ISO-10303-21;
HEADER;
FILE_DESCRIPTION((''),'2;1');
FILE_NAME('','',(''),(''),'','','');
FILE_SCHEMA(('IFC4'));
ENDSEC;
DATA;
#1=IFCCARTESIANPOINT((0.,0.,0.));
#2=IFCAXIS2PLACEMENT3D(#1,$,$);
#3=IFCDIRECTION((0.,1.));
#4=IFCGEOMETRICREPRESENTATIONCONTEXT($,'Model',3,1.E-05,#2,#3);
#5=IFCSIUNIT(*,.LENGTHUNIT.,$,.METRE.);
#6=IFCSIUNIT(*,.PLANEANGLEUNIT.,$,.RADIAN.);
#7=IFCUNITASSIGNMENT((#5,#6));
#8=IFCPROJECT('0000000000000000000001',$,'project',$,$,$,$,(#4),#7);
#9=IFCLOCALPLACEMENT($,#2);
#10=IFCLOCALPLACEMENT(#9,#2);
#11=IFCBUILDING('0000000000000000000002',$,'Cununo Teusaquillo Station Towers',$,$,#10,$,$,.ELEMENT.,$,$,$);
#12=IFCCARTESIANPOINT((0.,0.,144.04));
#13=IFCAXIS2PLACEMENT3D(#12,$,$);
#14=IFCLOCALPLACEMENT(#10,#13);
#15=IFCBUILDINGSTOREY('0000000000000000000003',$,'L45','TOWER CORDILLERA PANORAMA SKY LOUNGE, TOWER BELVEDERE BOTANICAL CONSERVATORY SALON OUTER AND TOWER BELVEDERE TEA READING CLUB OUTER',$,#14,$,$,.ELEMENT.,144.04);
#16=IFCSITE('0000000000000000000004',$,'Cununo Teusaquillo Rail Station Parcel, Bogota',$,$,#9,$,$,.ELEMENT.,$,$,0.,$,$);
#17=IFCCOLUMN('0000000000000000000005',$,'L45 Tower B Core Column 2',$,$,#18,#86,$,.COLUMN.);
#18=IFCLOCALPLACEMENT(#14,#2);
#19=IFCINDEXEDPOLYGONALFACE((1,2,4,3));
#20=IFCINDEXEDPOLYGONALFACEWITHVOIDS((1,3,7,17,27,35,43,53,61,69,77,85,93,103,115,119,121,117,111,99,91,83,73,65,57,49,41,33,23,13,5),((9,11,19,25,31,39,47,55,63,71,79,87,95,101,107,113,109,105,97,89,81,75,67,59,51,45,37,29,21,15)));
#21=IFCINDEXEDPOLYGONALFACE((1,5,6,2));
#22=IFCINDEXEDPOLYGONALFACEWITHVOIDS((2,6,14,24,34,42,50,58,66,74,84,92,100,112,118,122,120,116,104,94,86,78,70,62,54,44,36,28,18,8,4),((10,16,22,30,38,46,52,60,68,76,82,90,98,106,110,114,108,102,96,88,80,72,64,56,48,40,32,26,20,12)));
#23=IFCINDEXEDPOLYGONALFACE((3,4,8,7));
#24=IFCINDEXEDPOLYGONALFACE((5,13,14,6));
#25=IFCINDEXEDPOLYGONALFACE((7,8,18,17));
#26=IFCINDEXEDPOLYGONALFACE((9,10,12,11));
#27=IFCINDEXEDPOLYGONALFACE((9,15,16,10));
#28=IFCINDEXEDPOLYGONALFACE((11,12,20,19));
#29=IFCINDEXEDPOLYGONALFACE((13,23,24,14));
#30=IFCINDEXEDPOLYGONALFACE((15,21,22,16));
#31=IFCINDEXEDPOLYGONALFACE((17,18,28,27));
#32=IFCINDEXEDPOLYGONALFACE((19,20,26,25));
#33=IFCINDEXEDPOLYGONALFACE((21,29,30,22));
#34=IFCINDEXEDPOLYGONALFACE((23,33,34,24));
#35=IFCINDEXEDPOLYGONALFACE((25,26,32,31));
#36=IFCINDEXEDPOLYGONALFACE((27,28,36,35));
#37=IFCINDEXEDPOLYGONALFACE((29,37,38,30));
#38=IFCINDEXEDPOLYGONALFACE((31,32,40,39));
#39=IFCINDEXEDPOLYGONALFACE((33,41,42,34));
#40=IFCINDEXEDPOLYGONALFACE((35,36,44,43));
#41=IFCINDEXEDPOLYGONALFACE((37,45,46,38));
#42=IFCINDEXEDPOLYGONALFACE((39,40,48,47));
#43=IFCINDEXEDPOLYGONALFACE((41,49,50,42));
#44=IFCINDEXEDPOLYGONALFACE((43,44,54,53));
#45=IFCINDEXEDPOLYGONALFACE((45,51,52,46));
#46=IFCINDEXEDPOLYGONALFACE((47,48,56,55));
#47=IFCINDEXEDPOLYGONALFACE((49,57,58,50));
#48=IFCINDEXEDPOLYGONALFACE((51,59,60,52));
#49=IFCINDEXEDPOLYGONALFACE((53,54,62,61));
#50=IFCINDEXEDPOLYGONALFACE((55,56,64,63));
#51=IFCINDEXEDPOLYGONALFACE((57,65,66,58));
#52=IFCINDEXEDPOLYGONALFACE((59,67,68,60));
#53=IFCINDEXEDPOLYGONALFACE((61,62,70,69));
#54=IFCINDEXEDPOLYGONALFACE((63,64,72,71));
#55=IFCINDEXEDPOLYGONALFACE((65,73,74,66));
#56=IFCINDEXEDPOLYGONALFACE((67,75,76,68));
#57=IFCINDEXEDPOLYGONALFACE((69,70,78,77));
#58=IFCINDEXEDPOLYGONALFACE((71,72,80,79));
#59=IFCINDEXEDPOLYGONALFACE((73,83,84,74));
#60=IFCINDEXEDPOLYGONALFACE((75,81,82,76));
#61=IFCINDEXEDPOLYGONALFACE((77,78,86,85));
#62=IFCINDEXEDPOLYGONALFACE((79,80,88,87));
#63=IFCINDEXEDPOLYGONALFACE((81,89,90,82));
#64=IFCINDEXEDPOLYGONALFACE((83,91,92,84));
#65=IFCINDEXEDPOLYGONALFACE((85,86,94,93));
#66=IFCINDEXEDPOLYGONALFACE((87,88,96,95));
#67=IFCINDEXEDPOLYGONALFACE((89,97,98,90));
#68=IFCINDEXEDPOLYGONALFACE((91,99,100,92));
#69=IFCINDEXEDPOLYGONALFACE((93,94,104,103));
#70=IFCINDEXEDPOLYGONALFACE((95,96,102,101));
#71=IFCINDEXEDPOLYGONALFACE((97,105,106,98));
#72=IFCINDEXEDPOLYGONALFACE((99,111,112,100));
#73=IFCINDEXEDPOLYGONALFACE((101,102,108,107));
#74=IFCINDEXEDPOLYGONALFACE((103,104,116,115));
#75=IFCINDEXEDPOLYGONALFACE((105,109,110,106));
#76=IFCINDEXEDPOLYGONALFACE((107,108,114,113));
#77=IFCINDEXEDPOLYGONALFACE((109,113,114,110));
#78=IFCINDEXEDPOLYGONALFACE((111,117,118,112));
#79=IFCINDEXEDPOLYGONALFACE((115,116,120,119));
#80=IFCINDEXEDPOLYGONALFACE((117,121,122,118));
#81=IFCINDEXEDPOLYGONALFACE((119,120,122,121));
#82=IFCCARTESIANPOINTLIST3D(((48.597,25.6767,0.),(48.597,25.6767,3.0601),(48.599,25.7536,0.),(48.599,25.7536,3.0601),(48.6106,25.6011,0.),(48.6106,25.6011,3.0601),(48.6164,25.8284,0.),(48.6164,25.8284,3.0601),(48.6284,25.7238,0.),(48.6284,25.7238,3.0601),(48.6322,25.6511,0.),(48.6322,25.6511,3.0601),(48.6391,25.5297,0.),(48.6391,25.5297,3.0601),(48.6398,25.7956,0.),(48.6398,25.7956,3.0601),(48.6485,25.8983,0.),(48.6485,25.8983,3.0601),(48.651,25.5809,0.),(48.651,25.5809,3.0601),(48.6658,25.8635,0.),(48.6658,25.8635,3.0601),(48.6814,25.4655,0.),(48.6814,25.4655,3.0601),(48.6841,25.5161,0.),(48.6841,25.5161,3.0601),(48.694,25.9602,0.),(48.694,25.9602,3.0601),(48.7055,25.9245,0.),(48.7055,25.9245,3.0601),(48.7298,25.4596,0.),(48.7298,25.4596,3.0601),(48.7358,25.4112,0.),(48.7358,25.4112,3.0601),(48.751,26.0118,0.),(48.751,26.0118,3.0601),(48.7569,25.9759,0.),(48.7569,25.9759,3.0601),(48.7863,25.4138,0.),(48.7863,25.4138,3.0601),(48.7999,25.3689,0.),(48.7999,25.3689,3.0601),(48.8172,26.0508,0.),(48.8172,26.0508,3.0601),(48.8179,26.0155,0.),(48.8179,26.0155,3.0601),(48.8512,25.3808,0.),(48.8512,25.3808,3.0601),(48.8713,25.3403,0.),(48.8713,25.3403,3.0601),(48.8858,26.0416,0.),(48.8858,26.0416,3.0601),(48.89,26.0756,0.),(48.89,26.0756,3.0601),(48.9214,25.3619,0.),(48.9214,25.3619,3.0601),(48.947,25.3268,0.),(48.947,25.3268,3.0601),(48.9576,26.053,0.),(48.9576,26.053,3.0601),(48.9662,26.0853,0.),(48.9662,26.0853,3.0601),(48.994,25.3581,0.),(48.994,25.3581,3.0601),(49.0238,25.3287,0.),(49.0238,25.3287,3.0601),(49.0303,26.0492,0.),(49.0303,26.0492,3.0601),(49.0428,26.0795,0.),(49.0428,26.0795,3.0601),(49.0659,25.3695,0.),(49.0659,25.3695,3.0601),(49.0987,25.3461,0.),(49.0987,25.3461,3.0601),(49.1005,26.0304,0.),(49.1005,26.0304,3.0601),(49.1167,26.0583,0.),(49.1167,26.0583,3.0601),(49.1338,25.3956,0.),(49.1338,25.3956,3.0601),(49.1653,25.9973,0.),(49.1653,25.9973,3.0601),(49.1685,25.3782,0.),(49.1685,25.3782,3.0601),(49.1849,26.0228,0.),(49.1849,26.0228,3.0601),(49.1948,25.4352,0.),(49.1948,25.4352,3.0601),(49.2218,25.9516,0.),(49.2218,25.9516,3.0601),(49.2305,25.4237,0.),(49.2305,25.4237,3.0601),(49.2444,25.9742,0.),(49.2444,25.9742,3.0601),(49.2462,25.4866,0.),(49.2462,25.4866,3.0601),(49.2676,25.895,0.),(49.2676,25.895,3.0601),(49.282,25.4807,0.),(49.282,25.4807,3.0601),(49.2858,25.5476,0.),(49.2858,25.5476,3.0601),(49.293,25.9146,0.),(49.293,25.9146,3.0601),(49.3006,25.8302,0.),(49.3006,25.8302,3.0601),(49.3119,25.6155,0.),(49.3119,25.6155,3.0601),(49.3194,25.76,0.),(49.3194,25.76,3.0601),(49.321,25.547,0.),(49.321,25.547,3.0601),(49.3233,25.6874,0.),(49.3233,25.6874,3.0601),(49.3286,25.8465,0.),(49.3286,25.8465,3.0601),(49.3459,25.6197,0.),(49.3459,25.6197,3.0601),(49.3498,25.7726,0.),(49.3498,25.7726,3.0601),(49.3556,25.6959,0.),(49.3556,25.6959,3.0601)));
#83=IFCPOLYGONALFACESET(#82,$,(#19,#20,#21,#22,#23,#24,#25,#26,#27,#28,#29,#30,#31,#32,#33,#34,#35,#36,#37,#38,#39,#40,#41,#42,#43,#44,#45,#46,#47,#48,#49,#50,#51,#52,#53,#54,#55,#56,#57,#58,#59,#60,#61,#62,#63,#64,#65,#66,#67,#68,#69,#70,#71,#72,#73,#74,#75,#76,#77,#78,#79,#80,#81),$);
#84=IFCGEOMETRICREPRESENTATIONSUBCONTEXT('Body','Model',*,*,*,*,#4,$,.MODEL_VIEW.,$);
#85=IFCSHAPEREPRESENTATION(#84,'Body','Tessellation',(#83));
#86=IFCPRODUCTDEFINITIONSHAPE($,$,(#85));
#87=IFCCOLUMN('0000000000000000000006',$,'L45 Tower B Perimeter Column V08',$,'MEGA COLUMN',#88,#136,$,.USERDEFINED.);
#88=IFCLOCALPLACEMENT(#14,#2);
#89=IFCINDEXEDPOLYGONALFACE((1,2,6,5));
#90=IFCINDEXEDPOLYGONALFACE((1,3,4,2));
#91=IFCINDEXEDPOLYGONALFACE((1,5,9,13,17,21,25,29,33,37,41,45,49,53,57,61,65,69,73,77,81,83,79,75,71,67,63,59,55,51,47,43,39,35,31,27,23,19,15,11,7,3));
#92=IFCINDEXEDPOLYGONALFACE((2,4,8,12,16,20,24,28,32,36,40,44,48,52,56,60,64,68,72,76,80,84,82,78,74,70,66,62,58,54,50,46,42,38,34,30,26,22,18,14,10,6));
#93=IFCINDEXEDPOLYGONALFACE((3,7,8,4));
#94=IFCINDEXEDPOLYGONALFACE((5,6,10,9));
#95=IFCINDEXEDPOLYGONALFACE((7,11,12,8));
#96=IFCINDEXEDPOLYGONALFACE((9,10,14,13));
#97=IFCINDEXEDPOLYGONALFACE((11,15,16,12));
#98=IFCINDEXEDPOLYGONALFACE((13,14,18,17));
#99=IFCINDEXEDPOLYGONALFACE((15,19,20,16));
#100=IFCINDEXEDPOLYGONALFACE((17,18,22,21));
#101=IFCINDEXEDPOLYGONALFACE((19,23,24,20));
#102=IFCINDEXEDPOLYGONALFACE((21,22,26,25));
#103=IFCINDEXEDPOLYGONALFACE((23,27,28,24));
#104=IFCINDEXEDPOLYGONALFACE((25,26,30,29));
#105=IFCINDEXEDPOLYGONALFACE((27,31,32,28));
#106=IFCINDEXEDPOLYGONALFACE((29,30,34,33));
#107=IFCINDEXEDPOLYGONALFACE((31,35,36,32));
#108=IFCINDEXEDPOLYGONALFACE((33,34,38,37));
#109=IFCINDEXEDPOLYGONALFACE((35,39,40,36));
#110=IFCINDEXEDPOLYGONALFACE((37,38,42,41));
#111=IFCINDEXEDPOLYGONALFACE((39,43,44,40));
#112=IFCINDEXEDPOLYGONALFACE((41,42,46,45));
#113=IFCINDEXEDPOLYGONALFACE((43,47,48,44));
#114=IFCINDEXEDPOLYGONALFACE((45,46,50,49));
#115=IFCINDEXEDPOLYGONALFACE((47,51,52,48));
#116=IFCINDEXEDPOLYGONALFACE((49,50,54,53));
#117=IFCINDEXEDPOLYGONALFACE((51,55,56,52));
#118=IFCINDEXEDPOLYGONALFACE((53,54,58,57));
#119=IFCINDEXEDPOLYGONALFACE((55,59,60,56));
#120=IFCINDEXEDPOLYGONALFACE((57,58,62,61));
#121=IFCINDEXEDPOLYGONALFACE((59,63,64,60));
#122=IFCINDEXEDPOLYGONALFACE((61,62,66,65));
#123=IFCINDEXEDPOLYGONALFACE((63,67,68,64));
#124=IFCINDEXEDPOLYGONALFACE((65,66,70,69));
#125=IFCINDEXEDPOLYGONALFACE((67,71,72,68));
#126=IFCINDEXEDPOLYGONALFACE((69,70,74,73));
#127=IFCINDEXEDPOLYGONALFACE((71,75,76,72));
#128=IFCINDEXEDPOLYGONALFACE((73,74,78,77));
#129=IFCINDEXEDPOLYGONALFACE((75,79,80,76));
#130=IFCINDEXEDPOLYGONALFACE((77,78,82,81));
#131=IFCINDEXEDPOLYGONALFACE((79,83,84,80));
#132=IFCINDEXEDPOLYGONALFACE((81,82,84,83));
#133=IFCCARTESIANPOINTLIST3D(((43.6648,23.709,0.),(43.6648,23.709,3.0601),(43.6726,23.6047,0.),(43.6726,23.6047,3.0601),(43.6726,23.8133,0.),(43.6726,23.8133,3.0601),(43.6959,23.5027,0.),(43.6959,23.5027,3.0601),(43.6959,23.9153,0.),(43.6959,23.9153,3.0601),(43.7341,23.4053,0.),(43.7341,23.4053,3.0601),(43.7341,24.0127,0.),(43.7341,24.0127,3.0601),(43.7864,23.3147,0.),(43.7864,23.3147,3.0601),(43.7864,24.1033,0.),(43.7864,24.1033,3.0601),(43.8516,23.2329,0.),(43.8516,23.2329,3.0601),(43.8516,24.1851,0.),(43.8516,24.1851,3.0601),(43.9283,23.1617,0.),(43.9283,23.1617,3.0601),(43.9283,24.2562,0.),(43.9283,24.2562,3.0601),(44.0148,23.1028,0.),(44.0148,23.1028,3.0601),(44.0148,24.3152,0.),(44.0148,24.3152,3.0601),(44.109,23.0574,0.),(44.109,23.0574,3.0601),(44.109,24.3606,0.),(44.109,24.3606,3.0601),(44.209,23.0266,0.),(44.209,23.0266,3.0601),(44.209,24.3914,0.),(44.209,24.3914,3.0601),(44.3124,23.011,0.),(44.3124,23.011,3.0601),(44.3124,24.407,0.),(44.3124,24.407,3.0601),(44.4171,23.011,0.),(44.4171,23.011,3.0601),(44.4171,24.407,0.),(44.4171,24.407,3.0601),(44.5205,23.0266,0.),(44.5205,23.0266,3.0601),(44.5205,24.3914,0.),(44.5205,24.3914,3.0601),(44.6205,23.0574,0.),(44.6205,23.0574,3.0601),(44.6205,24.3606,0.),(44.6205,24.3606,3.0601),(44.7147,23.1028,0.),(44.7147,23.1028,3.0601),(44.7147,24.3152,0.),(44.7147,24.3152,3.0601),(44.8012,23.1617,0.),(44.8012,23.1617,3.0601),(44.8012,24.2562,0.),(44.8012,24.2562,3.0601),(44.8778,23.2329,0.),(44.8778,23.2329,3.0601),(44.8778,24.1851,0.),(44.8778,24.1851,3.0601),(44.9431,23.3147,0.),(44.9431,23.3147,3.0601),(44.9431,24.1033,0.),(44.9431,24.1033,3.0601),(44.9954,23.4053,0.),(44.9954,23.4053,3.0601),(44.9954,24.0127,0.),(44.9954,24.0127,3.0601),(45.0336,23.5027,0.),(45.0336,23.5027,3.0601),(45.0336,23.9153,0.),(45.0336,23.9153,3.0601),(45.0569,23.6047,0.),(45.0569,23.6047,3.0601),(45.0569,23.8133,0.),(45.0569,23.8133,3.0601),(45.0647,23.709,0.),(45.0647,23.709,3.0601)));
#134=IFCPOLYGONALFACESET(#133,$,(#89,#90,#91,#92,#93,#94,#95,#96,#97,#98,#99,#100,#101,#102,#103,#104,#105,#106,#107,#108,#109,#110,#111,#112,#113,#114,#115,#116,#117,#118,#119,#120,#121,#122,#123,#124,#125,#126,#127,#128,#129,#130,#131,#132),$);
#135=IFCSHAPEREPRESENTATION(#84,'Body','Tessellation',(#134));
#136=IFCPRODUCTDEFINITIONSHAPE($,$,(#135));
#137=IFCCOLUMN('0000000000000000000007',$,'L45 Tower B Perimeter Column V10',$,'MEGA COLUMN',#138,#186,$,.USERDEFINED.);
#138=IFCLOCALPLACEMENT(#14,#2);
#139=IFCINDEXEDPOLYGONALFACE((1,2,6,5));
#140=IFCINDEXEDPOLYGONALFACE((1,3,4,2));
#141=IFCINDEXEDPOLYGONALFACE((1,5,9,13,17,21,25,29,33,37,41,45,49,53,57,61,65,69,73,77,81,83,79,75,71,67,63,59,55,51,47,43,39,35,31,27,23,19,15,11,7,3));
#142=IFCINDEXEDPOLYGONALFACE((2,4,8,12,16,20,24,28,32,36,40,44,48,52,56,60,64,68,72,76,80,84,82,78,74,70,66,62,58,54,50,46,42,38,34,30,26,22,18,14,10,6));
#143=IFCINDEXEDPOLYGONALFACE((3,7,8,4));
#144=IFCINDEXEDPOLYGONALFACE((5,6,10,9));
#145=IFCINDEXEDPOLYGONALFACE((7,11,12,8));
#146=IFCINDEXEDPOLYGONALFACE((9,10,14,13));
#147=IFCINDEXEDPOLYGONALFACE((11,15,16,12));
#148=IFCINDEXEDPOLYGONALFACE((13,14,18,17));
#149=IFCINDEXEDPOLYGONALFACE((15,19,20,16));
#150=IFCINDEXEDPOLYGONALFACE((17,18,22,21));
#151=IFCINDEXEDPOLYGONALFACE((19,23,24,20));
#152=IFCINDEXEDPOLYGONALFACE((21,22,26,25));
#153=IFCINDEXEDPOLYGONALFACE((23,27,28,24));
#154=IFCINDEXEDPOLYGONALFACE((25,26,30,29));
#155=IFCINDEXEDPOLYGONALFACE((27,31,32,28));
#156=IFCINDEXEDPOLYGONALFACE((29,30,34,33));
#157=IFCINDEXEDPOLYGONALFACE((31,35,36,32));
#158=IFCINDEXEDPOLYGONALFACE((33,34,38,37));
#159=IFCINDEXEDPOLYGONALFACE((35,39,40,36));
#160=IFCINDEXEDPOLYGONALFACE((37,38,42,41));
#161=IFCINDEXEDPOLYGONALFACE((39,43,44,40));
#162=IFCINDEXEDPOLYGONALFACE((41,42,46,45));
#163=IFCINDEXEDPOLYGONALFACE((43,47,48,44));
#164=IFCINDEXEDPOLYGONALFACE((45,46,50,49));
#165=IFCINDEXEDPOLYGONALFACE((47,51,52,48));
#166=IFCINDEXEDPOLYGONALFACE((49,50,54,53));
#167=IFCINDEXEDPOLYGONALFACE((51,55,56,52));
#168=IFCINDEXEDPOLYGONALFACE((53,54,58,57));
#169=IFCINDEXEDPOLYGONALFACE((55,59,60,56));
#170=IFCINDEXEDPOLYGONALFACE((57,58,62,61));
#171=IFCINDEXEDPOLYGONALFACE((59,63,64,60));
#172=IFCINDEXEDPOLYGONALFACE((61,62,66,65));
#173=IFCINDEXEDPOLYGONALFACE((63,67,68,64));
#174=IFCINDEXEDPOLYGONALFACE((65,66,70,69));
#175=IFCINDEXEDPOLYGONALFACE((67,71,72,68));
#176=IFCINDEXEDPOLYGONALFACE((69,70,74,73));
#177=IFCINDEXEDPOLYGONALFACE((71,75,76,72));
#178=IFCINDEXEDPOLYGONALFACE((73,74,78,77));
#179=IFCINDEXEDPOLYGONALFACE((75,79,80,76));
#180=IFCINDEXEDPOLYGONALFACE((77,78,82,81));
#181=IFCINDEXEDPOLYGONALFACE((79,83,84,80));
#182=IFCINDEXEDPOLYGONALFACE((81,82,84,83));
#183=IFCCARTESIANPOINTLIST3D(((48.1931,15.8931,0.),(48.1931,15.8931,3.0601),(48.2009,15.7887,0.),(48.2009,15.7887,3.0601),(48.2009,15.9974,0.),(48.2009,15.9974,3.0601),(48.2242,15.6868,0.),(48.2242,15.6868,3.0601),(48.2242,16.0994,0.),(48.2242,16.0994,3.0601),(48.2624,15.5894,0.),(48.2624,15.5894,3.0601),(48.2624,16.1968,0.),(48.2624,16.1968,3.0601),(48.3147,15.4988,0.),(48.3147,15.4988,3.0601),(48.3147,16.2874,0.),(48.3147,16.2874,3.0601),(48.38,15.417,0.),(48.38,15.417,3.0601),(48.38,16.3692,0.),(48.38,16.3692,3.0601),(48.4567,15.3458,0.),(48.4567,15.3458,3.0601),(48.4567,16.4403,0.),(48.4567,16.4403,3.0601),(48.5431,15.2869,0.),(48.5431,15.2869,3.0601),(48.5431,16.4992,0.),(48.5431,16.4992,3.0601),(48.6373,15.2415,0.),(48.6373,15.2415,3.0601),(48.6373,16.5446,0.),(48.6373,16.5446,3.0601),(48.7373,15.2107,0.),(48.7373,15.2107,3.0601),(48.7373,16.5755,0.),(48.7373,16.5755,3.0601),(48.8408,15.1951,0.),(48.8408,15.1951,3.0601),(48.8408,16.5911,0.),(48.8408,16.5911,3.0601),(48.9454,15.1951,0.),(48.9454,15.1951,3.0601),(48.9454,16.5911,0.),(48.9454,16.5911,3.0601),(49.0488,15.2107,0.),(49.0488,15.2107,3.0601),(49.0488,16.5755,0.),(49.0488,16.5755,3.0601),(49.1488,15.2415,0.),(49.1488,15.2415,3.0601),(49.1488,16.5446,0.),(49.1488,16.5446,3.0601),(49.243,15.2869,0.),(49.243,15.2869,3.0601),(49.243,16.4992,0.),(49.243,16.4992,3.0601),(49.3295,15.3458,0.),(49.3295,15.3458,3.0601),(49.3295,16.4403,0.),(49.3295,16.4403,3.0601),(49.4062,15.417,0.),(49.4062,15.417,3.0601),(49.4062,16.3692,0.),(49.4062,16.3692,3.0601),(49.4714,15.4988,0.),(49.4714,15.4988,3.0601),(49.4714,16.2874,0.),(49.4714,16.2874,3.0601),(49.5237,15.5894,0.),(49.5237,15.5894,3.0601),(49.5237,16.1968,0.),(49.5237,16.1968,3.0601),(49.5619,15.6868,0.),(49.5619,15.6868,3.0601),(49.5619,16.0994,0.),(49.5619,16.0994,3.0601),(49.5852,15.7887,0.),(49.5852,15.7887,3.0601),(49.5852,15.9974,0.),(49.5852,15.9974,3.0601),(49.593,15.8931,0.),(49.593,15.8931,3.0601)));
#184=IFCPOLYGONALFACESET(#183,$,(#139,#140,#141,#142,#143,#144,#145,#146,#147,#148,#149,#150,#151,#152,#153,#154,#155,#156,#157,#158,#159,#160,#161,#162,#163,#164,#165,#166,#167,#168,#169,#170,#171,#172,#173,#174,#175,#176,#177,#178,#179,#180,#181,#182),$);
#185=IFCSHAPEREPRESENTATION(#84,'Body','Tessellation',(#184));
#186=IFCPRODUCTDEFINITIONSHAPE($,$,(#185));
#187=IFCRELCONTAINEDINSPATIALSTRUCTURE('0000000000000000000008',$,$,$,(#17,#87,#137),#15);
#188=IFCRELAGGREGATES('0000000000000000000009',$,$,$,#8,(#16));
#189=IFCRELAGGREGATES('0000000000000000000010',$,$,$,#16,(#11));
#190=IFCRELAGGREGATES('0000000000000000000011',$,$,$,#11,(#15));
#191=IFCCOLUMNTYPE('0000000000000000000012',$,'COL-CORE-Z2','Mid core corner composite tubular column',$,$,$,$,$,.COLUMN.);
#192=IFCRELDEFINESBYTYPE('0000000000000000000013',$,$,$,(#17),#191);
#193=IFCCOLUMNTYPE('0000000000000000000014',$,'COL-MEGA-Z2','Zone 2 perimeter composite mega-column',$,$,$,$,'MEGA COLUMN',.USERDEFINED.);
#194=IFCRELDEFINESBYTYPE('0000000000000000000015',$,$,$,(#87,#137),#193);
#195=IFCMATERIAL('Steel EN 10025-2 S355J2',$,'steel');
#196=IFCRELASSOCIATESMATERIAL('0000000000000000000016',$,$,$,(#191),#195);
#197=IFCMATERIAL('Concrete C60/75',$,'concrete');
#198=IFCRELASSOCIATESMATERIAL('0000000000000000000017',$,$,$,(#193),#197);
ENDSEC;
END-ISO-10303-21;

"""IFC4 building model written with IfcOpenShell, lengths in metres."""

from ifc_helpers import new_model, si_unit, direction, frame, origin, origin_2d, place, context, subcontext, project, spatial, circle, hollow_circle, extrude, material, material_profile, profile_set, type_object, element, save


model = new_model("IFC4")

# Units and contexts
model_context = context("Model", 3, precision=1e-05, world=origin(), true_north=direction((0.0, 1.0)))
body_context = subcontext(model_context, "Body", "Model", "MODEL_VIEW")
ifc_project = project(units=[si_unit("LENGTHUNIT", "METRE"), si_unit("PLANEANGLEUNIT", "RADIAN")], contexts=[model_context])

# Site, building, storey
site_placement = place(None, origin())
site = spatial("IfcSite", under=ifc_project, at=site_placement, Name="Cununo Teusaquillo Rail Station Parcel, Bogota", CompositionType="ELEMENT", RefElevation=0.0)
building_placement = place(site_placement, origin())
building = spatial("IfcBuilding", under=site, at=building_placement, Name="Cununo Teusaquillo Station Towers", CompositionType="ELEMENT")
storey_placement = place(building_placement, frame((0.0, 0.0, 144.04)))
storey = spatial("IfcBuildingStorey", under=building, at=storey_placement, Name="L45", Description="TOWER CORDILLERA PANORAMA SKY LOUNGE, TOWER BELVEDERE BOTANICAL CONSERVATORY SALON OUTER AND TOWER BELVEDERE TEA READING CLUB OUTER", CompositionType="ELEMENT", Elevation=144.04)

# Columns
ifc_material_1 = material(Name="Steel EN 10025-2 S355J2", Category="steel")
ifc_material_profile_1 = material_profile(ifc_material_1, hollow_circle(Radius=0.3799, WallThickness=0.032, at=origin_2d()), Name="CHS 760x32")
ifc_profile_set_1 = profile_set([ifc_material_profile_1], Name="Steel EN 10025-2 S355J2")
column_type_1 = type_object("IfcColumnType", Name="COL-CORE-Z2", Description="Mid core corner composite tubular column", PredefinedType="COLUMN", material=ifc_profile_set_1)
column_placement = place(storey_placement, frame((48.9758, 25.7056, 0.0), z_axis=(0.0, 0.0, 1.0), x_axis=(0.707107, 0.707107, 0.0)))
element("IfcColumn", 1, at=column_placement, inside=storey, type_object=column_type_1, Name="L45 Tower B Core Column 2", PredefinedType="COLUMN", context=body_context, shape_type="SweptSolid", body=[
    extrude(hollow_circle(Radius=0.3799, WallThickness=0.032, at=origin_2d()), origin(), (0.0, 0.0, 1.0), 3.0601),
])
ifc_material_2 = material(Name="Concrete C60/75", Category="concrete")
ifc_material_profile_2 = material_profile(ifc_material_2, circle(Radius=0.7, at=origin_2d()), Name="RC-CIRC-1400")
ifc_profile_set_2 = profile_set([ifc_material_profile_2], Name="Concrete C60/75")
column_type_2 = type_object("IfcColumnType", Name="COL-MEGA-Z2", Description="Zone 2 perimeter composite mega-column", ElementType="MEGA COLUMN", PredefinedType="USERDEFINED", material=ifc_profile_set_2)
for number, where, z_axis, x_axis, name in (
    (2, (44.3647, 23.709, 0.0), (0.0, 0.0, 1.0), (1.0, 0.0, 0.0), "L45 Tower B Perimeter Column V08"),
    (3, (48.8931, 15.8931, 0.0), (0.0, 0.0, 1.0), (1.0, 0.0, 0.0), "L45 Tower B Perimeter Column V10"),
):
    element("IfcColumn", number, at=place(storey_placement, frame(where, z_axis=z_axis, x_axis=x_axis)), inside=storey, type_object=column_type_2, Name=name, ObjectType="MEGA COLUMN", PredefinedType="USERDEFINED", context=body_context, shape_type="SweptSolid", body=[
        extrude(circle(Radius=0.7, at=origin_2d()), origin(), (0.0, 0.0, 1.0), 3.0601),
    ])

save(model, "model.ifc")
